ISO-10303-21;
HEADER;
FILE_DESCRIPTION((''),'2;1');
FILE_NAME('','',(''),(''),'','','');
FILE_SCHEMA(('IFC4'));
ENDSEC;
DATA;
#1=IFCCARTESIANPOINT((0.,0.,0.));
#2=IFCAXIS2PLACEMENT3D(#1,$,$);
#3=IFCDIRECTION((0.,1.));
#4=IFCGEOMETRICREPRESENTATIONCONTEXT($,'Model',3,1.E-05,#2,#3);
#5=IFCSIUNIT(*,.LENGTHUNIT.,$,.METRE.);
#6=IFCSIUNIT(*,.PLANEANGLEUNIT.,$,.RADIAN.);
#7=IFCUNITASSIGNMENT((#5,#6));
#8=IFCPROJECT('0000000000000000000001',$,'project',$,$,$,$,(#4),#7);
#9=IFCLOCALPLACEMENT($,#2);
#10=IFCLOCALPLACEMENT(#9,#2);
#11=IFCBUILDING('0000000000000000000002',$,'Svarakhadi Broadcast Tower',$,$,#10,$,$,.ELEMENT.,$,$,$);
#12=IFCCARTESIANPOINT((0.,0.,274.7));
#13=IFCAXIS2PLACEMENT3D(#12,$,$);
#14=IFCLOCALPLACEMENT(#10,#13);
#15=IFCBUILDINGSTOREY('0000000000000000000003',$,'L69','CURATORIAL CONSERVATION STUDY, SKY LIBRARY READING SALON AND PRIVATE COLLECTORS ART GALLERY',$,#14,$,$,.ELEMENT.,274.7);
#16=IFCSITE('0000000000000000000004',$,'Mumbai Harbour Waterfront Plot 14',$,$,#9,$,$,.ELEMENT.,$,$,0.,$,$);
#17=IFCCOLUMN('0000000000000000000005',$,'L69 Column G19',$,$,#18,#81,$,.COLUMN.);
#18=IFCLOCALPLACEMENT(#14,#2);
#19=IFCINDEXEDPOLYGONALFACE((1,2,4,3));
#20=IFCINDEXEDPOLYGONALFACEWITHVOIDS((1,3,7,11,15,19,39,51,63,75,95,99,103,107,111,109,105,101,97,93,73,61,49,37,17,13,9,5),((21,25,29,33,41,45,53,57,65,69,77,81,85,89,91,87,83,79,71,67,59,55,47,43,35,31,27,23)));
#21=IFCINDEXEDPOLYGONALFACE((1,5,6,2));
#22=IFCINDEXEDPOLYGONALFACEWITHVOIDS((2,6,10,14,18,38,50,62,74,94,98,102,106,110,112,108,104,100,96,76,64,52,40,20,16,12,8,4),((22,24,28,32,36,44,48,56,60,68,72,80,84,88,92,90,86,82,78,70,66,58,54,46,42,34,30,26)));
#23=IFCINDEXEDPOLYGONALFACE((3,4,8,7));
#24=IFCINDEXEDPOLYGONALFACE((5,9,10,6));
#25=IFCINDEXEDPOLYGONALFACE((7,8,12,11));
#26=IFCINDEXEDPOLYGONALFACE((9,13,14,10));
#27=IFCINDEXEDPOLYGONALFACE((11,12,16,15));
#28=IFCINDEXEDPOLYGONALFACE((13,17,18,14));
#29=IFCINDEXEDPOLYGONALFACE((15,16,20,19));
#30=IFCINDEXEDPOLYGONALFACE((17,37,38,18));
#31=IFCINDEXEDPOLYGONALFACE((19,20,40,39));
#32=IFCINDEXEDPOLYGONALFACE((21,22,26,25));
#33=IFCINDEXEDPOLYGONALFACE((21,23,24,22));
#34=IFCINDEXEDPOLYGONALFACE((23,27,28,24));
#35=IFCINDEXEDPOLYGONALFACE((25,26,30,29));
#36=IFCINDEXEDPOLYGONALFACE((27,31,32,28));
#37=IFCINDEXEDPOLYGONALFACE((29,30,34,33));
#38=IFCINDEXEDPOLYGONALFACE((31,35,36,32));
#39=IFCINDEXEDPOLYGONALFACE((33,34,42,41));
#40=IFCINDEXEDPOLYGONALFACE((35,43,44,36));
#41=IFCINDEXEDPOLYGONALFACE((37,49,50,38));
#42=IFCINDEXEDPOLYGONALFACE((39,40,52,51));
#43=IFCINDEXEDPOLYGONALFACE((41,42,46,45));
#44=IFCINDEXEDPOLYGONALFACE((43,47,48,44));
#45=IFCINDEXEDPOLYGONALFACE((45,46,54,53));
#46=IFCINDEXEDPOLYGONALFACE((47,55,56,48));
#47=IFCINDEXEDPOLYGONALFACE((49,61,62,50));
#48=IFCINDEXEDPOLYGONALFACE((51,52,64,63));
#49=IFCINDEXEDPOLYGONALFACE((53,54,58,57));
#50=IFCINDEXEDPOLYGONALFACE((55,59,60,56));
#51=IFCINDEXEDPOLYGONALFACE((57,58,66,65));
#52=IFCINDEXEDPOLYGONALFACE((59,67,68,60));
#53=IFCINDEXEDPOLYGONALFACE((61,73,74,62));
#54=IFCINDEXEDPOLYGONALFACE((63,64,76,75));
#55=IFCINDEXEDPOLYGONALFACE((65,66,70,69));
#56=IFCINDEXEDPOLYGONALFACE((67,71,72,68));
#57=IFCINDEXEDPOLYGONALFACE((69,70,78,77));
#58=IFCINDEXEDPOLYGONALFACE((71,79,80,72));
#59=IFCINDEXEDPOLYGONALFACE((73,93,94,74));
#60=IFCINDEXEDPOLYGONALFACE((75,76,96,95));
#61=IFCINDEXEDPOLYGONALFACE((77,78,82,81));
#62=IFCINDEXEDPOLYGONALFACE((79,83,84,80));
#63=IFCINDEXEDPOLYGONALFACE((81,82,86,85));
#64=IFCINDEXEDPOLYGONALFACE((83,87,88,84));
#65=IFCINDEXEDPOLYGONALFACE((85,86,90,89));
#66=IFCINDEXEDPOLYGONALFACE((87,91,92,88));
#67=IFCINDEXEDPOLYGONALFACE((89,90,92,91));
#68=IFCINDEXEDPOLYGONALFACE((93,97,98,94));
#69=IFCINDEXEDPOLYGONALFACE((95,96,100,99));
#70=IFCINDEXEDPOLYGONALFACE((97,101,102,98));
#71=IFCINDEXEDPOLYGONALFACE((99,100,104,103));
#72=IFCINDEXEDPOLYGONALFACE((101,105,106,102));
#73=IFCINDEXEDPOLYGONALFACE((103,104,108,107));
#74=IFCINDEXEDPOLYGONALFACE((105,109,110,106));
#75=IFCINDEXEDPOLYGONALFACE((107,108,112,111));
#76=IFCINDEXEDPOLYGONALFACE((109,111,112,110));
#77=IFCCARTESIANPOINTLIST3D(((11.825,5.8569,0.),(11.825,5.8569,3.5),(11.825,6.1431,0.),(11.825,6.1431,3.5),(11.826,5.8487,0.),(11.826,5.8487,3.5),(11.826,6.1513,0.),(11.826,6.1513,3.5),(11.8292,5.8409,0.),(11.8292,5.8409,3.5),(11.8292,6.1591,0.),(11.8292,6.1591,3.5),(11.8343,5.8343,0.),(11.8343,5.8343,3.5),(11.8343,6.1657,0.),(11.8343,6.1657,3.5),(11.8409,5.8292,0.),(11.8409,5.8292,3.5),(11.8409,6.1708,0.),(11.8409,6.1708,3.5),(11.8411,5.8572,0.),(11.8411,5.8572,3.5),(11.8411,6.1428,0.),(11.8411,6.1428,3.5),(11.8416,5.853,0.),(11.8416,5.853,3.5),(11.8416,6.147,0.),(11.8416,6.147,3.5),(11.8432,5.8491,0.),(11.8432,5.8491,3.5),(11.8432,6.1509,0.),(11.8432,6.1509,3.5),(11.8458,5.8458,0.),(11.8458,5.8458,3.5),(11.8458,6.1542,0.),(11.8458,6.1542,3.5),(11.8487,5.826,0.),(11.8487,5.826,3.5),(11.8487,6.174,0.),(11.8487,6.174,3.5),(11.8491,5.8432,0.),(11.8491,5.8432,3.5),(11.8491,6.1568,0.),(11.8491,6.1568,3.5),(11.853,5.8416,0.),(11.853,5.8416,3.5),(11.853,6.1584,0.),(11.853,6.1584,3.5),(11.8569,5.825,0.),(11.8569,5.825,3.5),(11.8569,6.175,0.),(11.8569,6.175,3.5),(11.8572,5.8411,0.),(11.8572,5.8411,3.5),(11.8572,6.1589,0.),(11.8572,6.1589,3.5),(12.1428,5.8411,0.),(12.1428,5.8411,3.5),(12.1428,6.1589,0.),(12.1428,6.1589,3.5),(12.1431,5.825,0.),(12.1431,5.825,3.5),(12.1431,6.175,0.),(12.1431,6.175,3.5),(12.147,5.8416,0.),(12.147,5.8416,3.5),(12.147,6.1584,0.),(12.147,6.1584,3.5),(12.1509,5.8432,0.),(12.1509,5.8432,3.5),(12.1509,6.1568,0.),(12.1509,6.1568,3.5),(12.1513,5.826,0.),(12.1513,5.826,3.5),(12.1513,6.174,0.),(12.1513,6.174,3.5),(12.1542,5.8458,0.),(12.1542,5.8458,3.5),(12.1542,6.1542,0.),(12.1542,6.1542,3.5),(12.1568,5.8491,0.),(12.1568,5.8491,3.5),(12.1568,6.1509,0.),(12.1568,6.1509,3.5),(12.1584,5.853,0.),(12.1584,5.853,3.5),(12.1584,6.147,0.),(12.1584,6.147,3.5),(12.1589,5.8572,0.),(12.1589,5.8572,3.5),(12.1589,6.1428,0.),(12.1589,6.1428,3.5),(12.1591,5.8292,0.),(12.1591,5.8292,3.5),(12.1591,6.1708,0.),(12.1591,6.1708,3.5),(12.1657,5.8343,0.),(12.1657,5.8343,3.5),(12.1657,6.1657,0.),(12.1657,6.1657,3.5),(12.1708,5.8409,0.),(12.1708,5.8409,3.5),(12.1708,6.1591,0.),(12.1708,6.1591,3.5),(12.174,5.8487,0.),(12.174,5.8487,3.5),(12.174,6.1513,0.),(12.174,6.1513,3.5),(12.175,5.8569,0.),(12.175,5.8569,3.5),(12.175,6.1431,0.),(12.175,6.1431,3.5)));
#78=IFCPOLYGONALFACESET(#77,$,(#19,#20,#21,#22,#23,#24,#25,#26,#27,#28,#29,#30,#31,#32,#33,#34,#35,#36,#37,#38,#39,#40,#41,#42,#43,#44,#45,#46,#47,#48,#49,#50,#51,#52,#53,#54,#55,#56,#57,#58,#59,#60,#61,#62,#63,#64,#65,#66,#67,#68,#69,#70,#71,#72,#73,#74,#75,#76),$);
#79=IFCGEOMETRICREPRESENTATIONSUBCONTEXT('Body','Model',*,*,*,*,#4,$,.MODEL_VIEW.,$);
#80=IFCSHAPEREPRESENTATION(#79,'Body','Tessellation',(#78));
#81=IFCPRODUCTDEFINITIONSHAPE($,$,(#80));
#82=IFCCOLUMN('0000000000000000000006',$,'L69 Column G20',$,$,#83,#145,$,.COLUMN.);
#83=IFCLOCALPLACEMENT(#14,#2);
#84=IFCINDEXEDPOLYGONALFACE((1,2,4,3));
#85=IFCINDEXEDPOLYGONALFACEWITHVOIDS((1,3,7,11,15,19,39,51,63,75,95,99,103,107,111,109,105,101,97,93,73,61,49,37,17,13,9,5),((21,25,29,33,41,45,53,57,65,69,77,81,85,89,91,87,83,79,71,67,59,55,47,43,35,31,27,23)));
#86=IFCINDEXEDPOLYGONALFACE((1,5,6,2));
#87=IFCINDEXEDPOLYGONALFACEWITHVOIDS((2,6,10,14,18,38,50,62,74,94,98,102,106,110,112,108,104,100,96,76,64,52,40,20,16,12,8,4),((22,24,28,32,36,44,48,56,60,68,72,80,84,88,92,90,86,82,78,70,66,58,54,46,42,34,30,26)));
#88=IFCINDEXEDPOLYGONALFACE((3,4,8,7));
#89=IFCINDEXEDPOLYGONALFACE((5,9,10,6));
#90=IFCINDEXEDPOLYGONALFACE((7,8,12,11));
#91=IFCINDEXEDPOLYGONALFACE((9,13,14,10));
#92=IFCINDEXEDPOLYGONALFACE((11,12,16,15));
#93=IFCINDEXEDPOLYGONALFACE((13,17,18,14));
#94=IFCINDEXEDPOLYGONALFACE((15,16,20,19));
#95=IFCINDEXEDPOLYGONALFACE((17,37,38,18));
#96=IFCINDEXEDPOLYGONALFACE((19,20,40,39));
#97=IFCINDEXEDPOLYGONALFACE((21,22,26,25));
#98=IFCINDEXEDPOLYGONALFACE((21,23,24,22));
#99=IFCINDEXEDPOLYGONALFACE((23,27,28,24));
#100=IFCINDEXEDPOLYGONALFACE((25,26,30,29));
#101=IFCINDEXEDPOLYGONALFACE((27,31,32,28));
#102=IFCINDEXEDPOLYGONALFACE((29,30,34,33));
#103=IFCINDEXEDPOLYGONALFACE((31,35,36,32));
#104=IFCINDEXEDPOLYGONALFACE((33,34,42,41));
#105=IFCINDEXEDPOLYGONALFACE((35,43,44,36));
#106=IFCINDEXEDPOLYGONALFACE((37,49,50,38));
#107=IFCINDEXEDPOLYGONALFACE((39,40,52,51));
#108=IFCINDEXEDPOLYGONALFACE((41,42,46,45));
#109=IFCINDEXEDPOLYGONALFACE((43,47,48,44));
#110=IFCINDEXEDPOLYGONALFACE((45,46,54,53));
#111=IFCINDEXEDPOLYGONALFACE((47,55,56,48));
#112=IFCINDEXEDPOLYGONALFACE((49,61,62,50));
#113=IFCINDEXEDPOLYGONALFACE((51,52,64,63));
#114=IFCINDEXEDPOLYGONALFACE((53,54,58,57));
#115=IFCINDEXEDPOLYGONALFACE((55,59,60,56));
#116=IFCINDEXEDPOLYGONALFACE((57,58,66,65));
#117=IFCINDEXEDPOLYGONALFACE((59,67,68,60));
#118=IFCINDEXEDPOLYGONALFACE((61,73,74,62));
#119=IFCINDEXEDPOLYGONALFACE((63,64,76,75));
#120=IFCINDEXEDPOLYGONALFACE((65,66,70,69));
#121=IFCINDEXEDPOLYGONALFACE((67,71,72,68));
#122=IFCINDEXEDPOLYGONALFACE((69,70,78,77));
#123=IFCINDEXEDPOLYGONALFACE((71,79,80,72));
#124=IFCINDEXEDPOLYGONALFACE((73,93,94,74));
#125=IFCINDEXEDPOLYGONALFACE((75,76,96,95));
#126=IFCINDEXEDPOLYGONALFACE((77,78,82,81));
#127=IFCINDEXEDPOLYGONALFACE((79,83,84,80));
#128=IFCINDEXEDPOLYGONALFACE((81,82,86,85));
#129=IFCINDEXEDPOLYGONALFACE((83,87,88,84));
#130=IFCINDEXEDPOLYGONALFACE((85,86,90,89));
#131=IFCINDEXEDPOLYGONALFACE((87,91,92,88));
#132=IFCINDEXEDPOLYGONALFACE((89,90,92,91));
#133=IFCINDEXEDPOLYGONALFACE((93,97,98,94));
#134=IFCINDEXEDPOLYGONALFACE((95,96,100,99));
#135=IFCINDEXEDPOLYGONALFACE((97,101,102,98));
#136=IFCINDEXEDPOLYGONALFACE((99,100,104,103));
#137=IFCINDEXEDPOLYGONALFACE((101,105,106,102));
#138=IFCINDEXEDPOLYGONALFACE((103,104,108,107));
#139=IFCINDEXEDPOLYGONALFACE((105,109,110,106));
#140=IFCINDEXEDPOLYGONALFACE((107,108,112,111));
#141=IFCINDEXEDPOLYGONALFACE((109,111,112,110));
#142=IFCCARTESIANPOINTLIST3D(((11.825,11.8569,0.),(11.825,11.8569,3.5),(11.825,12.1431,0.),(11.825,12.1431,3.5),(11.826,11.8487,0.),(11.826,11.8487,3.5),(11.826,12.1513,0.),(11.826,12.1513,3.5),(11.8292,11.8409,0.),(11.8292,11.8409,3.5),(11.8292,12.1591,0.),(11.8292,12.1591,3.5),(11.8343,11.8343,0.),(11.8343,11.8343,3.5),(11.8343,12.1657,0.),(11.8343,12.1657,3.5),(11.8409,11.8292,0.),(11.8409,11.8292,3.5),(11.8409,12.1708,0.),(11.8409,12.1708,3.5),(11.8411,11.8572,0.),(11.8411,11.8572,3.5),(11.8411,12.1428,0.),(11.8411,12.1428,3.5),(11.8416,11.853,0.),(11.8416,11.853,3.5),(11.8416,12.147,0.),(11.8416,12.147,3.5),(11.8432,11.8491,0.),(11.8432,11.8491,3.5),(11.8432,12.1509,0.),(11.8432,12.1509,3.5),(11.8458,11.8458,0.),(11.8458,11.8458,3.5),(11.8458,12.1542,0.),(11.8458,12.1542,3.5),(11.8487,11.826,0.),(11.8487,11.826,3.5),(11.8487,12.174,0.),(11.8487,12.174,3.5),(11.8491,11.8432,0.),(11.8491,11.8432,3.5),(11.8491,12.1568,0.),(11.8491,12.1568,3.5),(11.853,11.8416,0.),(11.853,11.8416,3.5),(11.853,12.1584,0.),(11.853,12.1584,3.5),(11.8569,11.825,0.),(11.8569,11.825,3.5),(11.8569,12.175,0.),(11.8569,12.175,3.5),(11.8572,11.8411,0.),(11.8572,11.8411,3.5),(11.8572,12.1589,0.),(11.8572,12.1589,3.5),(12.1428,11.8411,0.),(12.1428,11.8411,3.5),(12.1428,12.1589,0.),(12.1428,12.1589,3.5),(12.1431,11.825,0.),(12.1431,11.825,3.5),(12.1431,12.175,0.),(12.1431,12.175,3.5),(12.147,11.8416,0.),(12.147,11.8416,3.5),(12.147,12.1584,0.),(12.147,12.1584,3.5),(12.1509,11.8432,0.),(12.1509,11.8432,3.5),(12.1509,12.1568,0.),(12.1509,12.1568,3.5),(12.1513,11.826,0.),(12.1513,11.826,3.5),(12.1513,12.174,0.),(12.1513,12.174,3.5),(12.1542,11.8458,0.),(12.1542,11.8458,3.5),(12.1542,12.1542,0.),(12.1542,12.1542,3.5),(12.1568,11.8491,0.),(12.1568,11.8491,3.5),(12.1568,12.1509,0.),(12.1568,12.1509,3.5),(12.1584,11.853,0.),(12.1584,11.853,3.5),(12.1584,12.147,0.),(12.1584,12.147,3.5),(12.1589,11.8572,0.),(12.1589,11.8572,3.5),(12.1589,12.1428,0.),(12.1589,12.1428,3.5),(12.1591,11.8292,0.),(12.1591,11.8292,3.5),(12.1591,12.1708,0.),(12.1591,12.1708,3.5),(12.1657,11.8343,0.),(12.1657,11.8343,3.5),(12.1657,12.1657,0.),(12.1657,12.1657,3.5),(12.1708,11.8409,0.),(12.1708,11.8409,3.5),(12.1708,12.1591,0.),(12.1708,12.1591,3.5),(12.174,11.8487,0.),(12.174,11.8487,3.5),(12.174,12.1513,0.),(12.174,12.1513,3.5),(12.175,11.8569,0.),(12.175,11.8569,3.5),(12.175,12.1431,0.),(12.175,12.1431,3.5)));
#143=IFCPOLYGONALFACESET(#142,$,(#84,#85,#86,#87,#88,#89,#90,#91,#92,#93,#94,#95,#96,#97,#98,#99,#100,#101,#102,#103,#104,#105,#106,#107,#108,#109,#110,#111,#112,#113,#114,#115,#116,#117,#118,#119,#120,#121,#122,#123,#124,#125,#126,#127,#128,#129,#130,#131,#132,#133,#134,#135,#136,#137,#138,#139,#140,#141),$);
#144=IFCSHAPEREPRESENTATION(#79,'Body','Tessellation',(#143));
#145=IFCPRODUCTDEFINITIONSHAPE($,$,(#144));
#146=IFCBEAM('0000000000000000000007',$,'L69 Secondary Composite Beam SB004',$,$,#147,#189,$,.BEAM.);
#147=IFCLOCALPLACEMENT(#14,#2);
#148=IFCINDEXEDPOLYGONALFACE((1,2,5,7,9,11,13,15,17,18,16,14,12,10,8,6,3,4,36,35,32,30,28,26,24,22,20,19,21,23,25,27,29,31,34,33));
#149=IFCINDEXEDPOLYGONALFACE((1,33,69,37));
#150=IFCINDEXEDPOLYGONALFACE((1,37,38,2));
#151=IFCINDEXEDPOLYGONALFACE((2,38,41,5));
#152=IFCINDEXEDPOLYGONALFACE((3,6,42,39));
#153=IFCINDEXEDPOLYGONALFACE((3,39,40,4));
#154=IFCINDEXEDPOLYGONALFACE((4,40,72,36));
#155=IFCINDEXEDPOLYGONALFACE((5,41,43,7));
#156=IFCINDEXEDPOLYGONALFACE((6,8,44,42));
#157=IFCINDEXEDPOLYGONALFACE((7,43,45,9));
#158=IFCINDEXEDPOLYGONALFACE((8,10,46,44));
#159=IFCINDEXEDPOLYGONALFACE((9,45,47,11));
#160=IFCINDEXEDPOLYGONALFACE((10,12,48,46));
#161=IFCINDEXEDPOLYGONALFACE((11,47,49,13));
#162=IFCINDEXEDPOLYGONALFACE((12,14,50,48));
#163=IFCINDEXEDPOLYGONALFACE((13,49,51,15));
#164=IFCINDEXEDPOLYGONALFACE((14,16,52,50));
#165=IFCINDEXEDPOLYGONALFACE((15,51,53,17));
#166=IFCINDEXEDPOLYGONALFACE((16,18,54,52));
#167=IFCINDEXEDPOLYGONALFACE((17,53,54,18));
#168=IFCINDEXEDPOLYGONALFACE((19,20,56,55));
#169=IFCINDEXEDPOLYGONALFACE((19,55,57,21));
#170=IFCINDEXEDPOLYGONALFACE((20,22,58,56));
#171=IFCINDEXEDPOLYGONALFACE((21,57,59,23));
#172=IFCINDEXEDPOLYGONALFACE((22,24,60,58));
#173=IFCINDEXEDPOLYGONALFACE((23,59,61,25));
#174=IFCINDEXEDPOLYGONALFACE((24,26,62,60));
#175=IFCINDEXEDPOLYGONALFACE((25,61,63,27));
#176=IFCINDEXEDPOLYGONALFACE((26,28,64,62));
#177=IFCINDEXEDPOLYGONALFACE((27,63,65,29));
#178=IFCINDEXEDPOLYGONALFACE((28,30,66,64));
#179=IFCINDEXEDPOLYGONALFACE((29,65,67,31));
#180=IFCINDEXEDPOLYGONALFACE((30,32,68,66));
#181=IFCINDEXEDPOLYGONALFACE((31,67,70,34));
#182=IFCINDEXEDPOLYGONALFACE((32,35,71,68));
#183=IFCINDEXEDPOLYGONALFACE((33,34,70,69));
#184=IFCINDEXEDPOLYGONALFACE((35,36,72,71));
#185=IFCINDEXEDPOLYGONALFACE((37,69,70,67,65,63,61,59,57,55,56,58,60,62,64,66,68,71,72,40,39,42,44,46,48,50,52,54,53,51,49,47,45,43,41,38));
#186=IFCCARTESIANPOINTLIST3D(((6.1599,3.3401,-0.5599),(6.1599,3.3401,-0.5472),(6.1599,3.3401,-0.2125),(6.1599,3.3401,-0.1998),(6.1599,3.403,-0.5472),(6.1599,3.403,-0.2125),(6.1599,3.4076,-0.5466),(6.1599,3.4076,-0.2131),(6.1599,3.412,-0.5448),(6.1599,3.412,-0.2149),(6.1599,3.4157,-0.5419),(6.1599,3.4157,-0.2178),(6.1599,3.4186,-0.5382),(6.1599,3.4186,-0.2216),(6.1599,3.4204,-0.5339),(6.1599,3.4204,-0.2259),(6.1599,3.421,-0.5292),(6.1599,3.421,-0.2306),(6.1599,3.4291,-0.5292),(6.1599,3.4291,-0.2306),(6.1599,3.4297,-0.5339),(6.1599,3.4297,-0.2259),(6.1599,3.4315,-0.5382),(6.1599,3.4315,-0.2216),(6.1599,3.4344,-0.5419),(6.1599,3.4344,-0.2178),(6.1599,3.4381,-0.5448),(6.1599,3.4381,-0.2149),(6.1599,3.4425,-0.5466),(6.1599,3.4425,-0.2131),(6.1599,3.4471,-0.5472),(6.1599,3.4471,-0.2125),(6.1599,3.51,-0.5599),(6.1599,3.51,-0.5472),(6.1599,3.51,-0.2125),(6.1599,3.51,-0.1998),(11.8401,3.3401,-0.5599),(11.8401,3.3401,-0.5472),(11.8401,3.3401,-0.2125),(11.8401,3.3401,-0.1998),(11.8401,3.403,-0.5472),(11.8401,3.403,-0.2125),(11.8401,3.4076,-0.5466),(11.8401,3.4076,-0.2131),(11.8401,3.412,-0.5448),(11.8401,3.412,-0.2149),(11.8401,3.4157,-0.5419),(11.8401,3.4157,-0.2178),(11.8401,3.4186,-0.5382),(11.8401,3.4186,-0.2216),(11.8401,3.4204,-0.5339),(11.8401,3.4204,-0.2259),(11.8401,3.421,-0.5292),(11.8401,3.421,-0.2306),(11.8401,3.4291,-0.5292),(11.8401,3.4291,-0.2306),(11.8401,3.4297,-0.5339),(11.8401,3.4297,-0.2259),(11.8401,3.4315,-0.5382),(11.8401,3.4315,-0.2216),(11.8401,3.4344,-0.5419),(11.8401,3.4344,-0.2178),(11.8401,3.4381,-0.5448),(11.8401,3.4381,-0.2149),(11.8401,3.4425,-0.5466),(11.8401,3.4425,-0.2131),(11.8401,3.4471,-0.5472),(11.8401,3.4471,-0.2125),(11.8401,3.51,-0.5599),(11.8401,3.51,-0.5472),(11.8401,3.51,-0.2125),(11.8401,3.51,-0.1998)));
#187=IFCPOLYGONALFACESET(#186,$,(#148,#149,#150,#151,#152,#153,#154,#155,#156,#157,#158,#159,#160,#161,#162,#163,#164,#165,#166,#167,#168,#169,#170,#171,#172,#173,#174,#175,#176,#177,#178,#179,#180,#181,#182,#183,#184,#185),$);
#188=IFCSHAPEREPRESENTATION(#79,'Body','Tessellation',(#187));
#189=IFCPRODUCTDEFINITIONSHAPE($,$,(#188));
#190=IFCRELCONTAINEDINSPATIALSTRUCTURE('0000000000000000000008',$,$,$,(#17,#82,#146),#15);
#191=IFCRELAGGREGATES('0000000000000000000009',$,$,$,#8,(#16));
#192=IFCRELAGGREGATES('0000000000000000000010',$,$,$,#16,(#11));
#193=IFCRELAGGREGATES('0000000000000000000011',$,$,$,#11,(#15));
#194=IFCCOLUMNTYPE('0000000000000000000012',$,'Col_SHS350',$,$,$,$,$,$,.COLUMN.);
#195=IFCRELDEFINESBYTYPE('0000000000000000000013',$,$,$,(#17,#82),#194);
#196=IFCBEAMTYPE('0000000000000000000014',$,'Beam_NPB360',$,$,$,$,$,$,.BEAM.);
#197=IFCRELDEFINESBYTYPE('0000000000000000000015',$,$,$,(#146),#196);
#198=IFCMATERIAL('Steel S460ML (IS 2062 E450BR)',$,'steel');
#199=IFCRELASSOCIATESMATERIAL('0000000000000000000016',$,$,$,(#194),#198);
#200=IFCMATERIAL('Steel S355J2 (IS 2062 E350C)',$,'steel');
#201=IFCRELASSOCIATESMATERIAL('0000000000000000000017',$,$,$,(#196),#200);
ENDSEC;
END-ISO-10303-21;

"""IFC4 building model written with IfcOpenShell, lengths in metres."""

from ifc_helpers import new_model, si_unit, direction, frame, origin, origin_2d, place, context, subcontext, project, spatial, hollow_rectangle, i_section, extrude, material, material_profile, profile_set, type_object, element, save


model = new_model("IFC4")

# Units and contexts
model_context = context("Model", 3, precision=1e-05, world=origin(), true_north=direction((0.0, 1.0)))
body_context = subcontext(model_context, "Body", "Model", "MODEL_VIEW")
ifc_project = project(units=[si_unit("LENGTHUNIT", "METRE"), si_unit("PLANEANGLEUNIT", "RADIAN")], contexts=[model_context])

# Site, building, storey
site_placement = place(None, origin())
site = spatial("IfcSite", under=ifc_project, at=site_placement, Name="Mumbai Harbour Waterfront Plot 14", CompositionType="ELEMENT", RefElevation=0.0)
building_placement = place(site_placement, origin())
building = spatial("IfcBuilding", under=site, at=building_placement, Name="Svarakhadi Broadcast Tower", CompositionType="ELEMENT")
storey_placement = place(building_placement, frame((0.0, 0.0, 274.7)))
storey = spatial("IfcBuildingStorey", under=building, at=storey_placement, Name="L69", Description="CURATORIAL CONSERVATION STUDY, SKY LIBRARY READING SALON AND PRIVATE COLLECTORS ART GALLERY", CompositionType="ELEMENT", Elevation=274.7)

# Columns
ifc_material_1 = material(Name="Steel S460ML (IS 2062 E450BR)", Category="steel")
ifc_material_profile_1 = material_profile(ifc_material_1, hollow_rectangle(XDim=0.3501, YDim=0.3501, WallThickness=0.0161, InnerFilletRadius=0.0161, OuterFilletRadius=0.032, at=origin_2d()), Name="SHS 350x350x16")
ifc_profile_set_1 = profile_set([ifc_material_profile_1], Name="Steel S460ML (IS 2062 E450BR)")
column_type = type_object("IfcColumnType", Name="Col_SHS350", PredefinedType="COLUMN", material=ifc_profile_set_1)
for number, where, z_axis, x_axis, name in (
    (1, (12.0, 6.0, 0.0), (0.0, 0.0, 1.0), (1.0, 0.0, 0.0), "L69 Column G19"),
    (2, (12.0, 12.0, 0.0), (0.0, 0.0, 1.0), (1.0, 0.0, 0.0), "L69 Column G20"),
):
    element("IfcColumn", number, at=place(storey_placement, frame(where, z_axis=z_axis, x_axis=x_axis)), inside=storey, type_object=column_type, Name=name, PredefinedType="COLUMN", context=body_context, shape_type="SweptSolid", body=[
        extrude(hollow_rectangle(XDim=0.3501, YDim=0.3501, WallThickness=0.0161, InnerFilletRadius=0.0161, OuterFilletRadius=0.032, at=origin_2d()), origin(), (0.0, 0.0, 1.0), 3.5),
    ])

# Beam
ifc_material_2 = material(Name="Steel S355J2 (IS 2062 E350C)", Category="steel")
ifc_material_profile_2 = material_profile(ifc_material_2, i_section(OverallWidth=0.1699, OverallDepth=0.3601, WebThickness=0.0081, FlangeThickness=0.0127, FilletRadius=0.0181, at=origin_2d()), Name="NPB 360x170x57")
ifc_profile_set_2 = profile_set([ifc_material_profile_2], Name="Steel S355J2 (IS 2062 E350C)")
beam_type_1 = type_object("IfcBeamType", Name="Beam_NPB360", PredefinedType="BEAM", material=ifc_profile_set_2)
for number, where, z_axis, x_axis, name in (
    (3, (6.1599, 3.425, -0.3799), (1.0, 0.0, 0.0), (0.0, 1.0, 0.0), "L69 Secondary Composite Beam SB004"),
):
    element("IfcBeam", number, at=place(storey_placement, frame(where, z_axis=z_axis, x_axis=x_axis)), inside=storey, type_object=beam_type_1, Name=name, PredefinedType="BEAM", context=body_context, shape_type="SweptSolid", body=[
        extrude(i_section(OverallWidth=0.1699, OverallDepth=0.3601, WebThickness=0.0081, FlangeThickness=0.0127, FilletRadius=0.0181, at=origin_2d()), origin(), (0.0, 0.0, 1.0), 5.6802),
    ])

save(model, "model.ifc")
